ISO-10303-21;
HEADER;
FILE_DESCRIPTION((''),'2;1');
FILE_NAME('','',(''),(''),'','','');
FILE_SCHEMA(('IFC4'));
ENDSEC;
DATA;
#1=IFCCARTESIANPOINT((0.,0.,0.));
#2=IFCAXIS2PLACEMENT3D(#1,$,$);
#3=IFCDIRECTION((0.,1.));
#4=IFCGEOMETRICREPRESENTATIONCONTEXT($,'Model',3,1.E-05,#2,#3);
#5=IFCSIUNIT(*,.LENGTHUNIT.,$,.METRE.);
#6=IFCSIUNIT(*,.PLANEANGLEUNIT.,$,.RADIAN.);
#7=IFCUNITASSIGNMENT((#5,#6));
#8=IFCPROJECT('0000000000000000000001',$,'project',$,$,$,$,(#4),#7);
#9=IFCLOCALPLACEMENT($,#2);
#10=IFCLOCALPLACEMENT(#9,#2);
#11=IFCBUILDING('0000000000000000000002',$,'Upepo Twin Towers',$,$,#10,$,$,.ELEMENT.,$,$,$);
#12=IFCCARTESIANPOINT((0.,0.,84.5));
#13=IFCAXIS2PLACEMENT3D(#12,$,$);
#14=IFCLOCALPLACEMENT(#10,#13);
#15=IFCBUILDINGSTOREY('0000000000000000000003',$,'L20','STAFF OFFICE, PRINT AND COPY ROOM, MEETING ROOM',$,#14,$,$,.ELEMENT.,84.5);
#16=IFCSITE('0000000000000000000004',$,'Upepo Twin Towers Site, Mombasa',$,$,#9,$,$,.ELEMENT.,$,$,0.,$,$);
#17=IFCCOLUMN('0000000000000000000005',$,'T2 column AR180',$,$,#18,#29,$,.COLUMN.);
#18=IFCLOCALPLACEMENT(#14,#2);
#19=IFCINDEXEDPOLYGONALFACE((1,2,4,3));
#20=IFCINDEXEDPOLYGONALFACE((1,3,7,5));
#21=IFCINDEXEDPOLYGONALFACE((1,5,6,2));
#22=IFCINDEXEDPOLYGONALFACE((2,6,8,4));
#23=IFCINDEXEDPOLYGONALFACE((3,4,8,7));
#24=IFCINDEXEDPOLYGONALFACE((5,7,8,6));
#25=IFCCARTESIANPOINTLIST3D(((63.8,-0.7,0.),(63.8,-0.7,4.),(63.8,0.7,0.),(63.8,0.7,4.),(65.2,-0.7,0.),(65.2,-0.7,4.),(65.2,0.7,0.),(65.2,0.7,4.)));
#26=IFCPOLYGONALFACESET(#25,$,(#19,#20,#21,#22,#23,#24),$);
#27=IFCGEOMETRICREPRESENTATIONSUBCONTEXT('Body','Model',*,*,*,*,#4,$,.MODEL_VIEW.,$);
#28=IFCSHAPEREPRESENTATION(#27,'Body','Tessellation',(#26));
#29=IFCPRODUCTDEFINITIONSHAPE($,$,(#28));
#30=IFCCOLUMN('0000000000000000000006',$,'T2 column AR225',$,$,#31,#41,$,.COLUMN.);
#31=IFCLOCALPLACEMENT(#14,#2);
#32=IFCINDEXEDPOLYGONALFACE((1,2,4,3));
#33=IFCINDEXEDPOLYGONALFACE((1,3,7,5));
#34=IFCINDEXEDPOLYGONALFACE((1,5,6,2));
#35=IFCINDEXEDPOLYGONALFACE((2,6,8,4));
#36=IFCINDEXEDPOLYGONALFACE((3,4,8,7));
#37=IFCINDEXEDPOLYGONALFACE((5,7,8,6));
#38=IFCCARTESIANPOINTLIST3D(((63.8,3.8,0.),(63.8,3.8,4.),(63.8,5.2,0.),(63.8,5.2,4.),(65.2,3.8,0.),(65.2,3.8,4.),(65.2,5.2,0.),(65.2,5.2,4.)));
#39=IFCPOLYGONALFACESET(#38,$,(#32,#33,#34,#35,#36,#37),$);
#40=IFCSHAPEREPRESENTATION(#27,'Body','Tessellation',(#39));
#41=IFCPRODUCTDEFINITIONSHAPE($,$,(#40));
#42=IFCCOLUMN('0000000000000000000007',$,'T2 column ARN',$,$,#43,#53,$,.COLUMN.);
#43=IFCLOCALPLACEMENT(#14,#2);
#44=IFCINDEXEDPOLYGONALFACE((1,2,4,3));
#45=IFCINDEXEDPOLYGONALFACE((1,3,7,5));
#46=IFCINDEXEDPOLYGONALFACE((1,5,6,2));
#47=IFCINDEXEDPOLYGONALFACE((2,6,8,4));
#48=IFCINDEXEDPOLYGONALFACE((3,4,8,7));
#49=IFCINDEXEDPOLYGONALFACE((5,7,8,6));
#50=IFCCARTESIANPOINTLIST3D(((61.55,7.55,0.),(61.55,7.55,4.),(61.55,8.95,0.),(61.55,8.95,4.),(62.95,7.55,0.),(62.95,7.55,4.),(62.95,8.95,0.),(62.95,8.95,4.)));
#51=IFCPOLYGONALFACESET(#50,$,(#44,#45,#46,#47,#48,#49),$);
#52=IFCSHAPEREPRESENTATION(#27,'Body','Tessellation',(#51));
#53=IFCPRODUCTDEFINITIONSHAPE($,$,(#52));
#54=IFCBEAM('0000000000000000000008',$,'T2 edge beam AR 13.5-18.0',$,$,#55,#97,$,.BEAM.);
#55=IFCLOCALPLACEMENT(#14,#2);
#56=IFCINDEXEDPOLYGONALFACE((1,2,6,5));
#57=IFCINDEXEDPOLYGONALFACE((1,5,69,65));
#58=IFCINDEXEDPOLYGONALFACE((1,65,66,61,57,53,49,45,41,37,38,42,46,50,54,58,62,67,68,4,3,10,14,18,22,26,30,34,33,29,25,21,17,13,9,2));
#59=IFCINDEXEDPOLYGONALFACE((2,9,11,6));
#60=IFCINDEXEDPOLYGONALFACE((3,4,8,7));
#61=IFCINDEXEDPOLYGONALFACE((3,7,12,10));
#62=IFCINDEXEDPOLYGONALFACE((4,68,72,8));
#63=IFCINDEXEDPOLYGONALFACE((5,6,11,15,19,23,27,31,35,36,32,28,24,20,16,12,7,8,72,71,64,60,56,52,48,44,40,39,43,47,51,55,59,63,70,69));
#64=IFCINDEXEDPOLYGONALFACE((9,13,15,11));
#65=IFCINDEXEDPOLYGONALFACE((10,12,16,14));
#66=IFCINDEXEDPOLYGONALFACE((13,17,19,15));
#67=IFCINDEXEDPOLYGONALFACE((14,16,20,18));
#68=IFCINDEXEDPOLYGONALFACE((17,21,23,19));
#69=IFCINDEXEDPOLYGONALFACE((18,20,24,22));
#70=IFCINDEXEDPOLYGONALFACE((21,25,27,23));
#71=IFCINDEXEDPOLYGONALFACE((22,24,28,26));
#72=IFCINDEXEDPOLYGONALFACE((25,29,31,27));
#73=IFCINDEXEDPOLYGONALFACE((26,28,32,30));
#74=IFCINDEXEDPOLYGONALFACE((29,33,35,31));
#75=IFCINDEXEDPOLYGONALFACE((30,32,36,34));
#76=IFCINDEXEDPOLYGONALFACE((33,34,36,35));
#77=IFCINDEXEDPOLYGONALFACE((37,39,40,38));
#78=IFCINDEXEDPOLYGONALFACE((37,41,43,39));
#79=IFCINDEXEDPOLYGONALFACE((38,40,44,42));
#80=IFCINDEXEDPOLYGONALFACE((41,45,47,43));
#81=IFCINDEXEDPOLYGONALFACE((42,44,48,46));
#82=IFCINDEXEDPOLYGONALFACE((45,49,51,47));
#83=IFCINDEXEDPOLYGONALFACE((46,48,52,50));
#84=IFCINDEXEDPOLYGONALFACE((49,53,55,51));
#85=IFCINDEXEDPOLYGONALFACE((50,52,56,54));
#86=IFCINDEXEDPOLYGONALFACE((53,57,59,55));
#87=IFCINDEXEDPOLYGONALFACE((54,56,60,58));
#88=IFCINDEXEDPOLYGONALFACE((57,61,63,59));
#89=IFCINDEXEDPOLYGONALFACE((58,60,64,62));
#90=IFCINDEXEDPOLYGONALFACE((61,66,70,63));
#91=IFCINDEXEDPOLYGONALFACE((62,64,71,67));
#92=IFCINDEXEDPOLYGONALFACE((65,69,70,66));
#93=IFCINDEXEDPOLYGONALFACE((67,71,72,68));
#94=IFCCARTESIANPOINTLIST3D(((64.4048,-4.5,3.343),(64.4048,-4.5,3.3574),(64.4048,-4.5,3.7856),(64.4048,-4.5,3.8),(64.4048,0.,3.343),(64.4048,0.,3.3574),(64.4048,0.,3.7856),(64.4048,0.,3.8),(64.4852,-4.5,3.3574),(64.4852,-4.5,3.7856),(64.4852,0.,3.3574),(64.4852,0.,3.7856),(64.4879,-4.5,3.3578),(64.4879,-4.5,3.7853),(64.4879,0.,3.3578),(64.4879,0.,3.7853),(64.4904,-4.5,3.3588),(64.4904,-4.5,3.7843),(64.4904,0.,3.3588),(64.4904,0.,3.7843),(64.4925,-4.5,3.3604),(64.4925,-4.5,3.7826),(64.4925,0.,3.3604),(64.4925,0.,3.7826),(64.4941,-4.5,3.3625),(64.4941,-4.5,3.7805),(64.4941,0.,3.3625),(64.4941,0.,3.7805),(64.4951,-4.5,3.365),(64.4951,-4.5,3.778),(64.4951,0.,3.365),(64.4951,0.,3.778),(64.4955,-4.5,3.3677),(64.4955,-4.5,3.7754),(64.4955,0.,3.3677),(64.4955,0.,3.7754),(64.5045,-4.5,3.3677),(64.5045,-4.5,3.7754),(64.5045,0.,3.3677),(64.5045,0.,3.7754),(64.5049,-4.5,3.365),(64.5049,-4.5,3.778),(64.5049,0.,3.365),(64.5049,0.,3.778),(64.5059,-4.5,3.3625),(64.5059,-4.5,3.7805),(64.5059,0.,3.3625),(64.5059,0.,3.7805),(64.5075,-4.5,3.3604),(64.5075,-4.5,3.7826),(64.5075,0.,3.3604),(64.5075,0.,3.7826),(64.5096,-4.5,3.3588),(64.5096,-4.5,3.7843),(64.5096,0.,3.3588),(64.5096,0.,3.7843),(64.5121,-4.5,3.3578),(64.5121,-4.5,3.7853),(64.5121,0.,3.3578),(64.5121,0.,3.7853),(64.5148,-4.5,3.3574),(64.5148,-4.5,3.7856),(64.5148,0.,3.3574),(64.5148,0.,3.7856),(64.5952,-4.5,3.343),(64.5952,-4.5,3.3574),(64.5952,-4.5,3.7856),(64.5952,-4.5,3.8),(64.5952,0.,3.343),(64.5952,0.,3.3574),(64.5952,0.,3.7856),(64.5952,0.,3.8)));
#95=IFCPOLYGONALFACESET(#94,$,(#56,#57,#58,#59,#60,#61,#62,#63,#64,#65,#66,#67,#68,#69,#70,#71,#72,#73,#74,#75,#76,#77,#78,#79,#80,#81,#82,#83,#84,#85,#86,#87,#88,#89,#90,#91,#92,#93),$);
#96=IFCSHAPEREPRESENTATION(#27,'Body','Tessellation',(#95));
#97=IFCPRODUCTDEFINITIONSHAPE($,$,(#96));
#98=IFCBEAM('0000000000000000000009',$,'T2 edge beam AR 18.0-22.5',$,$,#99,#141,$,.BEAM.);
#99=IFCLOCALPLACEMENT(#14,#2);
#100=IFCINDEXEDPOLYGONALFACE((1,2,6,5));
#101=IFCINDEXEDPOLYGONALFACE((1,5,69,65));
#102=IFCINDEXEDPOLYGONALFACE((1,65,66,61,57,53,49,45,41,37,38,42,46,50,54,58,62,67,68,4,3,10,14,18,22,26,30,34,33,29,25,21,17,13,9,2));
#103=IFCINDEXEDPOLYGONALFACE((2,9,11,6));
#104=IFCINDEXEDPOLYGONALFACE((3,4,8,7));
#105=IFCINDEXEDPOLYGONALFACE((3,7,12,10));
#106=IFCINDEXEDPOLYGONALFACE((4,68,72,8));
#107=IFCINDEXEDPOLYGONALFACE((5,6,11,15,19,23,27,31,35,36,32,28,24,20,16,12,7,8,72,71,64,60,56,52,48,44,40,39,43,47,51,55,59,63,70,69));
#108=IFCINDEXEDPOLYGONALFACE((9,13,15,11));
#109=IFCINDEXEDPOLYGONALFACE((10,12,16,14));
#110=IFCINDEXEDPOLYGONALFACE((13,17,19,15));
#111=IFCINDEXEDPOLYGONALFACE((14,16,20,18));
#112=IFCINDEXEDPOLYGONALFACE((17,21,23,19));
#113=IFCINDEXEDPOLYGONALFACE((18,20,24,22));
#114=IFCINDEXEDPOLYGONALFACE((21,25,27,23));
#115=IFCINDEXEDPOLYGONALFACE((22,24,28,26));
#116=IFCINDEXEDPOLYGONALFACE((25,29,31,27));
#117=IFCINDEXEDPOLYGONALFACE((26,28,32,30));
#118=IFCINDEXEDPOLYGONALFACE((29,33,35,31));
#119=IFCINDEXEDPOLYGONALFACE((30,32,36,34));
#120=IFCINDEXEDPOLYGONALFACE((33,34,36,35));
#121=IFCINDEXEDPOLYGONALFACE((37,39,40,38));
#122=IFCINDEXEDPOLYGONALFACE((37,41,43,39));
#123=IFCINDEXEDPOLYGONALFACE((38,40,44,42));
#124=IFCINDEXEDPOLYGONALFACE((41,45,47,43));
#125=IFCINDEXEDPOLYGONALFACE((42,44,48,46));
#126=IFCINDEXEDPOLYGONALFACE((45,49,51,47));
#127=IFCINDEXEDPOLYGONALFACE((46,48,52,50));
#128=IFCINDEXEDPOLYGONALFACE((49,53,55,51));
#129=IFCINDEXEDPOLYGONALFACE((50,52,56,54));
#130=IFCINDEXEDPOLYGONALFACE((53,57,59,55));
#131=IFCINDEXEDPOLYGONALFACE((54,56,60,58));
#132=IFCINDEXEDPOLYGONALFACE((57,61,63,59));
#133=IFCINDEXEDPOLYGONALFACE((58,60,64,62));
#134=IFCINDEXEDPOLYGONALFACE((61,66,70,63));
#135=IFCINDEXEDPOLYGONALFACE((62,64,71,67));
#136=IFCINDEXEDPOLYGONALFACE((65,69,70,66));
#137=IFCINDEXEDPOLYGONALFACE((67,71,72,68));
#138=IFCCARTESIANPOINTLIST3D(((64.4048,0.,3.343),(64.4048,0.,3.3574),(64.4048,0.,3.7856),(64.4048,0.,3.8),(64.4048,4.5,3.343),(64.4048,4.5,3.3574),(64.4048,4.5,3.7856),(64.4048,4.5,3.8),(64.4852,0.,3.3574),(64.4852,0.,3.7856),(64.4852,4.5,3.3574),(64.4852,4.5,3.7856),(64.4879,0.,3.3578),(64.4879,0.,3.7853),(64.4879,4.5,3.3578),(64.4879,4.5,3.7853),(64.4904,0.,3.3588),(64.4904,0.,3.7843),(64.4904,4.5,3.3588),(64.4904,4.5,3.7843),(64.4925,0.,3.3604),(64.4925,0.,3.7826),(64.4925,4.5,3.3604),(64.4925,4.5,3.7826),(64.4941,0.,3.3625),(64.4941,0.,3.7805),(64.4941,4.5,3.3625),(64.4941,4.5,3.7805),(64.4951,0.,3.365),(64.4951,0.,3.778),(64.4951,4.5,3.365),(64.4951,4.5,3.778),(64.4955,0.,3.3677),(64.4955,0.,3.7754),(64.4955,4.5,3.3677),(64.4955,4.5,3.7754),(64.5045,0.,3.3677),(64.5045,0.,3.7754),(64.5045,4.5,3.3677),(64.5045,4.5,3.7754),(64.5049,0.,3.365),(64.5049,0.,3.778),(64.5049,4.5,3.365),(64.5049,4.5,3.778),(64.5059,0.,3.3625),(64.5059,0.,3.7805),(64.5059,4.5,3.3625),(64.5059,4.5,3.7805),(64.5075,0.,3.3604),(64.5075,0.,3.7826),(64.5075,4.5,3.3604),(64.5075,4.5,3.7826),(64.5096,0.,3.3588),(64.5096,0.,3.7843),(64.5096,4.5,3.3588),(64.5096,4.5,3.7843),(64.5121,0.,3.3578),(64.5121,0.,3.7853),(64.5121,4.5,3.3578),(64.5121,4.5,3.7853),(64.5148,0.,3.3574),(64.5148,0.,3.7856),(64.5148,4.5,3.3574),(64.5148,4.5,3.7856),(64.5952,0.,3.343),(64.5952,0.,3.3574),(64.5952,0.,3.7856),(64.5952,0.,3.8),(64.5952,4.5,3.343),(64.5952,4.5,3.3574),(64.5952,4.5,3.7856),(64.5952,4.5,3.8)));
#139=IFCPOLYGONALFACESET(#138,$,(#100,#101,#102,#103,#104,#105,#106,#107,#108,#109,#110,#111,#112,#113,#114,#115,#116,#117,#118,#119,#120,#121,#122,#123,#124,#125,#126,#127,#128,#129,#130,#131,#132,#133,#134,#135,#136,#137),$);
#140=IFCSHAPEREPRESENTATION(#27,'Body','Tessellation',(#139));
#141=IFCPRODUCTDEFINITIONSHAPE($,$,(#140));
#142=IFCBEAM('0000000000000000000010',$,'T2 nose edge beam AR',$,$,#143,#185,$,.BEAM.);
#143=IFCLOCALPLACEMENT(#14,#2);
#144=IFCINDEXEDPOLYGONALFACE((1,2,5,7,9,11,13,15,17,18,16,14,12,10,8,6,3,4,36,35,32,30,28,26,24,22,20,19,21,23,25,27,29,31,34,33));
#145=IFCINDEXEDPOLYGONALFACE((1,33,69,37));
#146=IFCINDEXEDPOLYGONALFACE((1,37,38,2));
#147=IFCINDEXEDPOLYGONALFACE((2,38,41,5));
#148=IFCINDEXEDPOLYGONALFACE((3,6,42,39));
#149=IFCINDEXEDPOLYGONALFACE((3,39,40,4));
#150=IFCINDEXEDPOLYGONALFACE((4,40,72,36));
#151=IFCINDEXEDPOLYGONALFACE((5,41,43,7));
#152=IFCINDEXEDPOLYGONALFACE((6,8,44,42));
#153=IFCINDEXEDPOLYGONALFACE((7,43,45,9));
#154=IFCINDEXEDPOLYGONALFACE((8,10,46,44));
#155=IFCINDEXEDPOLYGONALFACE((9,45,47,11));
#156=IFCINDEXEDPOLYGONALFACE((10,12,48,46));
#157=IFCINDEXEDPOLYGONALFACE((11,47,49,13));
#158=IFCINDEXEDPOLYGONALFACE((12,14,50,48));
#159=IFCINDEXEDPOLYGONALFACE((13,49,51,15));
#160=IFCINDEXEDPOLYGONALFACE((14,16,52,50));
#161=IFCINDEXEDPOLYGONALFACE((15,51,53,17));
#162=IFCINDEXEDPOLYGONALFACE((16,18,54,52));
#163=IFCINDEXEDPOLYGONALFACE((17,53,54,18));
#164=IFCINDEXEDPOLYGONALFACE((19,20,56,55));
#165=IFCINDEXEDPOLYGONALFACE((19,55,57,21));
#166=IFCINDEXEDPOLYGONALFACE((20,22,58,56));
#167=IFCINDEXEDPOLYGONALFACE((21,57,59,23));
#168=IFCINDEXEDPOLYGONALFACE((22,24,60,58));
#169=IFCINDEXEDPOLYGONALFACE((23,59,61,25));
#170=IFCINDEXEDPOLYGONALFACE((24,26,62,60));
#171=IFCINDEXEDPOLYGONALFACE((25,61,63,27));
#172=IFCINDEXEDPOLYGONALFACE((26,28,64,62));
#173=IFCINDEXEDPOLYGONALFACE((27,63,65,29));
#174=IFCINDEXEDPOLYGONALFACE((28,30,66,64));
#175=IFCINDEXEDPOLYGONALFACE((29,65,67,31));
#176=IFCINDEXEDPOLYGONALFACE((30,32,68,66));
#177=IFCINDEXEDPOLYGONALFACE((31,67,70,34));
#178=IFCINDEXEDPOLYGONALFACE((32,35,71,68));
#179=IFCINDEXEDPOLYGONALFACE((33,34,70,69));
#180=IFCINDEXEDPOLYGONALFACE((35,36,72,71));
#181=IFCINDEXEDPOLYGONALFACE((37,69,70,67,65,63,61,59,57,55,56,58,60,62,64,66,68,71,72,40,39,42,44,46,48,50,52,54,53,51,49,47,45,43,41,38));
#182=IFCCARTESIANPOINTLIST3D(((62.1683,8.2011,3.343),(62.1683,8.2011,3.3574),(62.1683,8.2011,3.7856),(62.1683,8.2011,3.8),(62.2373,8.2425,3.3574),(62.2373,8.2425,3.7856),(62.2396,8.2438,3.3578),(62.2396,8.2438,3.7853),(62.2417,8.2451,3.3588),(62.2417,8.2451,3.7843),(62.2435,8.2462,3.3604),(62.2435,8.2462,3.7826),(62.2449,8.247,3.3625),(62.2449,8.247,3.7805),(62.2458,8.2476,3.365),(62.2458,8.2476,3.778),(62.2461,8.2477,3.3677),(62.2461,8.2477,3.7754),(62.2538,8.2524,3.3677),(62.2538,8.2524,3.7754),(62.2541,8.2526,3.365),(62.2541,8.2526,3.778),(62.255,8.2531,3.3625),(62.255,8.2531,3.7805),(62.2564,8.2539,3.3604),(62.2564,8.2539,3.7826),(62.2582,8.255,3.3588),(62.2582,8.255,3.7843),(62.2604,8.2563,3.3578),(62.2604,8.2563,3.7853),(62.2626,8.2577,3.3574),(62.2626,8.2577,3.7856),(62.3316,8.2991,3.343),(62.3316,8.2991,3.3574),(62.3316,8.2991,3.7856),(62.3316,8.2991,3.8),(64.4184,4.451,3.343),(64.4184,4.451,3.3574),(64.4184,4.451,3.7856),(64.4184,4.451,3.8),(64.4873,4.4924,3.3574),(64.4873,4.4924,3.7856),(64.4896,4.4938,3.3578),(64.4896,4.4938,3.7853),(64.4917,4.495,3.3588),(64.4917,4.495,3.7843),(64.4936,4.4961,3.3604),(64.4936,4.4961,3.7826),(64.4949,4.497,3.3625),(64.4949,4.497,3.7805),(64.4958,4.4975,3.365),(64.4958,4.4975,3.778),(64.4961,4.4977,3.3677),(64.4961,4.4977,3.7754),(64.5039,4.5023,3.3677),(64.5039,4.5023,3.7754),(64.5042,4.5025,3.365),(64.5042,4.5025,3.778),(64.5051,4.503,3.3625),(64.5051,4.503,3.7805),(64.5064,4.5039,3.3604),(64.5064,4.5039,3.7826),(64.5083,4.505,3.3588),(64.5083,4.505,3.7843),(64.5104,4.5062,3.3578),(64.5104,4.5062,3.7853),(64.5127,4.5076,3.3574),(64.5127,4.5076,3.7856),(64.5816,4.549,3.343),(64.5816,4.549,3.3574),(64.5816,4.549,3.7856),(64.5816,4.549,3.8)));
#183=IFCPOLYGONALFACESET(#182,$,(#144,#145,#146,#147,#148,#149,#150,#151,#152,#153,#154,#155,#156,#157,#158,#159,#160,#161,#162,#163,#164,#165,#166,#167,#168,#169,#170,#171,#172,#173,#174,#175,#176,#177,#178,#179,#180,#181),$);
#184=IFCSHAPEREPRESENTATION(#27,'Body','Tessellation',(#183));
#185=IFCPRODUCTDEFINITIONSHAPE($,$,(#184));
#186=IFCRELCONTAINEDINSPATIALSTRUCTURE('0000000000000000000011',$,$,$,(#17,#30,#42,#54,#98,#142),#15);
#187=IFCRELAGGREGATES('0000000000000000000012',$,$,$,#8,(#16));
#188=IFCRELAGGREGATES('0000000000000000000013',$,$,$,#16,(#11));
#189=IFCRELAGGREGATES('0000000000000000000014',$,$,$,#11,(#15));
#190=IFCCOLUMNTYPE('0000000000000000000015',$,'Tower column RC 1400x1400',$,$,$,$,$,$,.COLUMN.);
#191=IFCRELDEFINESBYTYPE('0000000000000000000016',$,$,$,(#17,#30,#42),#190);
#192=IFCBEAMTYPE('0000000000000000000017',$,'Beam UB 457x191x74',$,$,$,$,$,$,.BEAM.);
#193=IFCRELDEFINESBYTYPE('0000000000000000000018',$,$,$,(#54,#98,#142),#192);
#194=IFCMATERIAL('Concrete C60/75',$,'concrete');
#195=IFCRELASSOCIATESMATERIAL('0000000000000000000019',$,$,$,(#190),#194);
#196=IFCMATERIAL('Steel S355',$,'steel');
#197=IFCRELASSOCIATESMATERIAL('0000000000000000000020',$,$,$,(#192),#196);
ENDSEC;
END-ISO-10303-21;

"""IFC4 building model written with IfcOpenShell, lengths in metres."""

from ifc_helpers import new_model, si_unit, direction, frame, origin, origin_2d, place, context, subcontext, project, spatial, rectangle, i_section, extrude, material, material_profile, profile_set, type_object, element, save


model = new_model("IFC4")

# Units and contexts
model_context = context("Model", 3, precision=1e-05, world=origin(), true_north=direction((0.0, 1.0)))
body_context = subcontext(model_context, "Body", "Model", "MODEL_VIEW")
ifc_project = project(units=[si_unit("LENGTHUNIT", "METRE"), si_unit("PLANEANGLEUNIT", "RADIAN")], contexts=[model_context])

# Site, building, storey
site_placement = place(None, origin())
site = spatial("IfcSite", under=ifc_project, at=site_placement, Name="Upepo Twin Towers Site, Mombasa", CompositionType="ELEMENT", RefElevation=0.0)
building_placement = place(site_placement, origin())
building = spatial("IfcBuilding", under=site, at=building_placement, Name="Upepo Twin Towers", CompositionType="ELEMENT")
storey_placement = place(building_placement, frame((0.0, 0.0, 84.5)))
storey = spatial("IfcBuildingStorey", under=building, at=storey_placement, Name="L20", Description="STAFF OFFICE, PRINT AND COPY ROOM, MEETING ROOM", CompositionType="ELEMENT", Elevation=84.5)

# Columns
ifc_material_1 = material(Name="Concrete C60/75", Category="concrete")
ifc_material_profile_1 = material_profile(ifc_material_1, rectangle(XDim=1.3999, YDim=1.3999, at=origin_2d()), Name="RC 1400x1400")
ifc_profile_set_1 = profile_set([ifc_material_profile_1], Name="Concrete C60/75")
column_type = type_object("IfcColumnType", Name="Tower column RC 1400x1400", PredefinedType="COLUMN", material=ifc_profile_set_1)
for number, where, z_axis, x_axis, name in (
    (1, (64.5, 0.0, 0.0), (0.0, 0.0, 1.0), (1.0, 0.0, 0.0), "T2 column AR180"),
    (2, (64.5, 4.5, 0.0), (0.0, 0.0, 1.0), (1.0, 0.0, 0.0), "T2 column AR225"),
    (3, (62.25, 8.25, 0.0), (0.0, 0.0, 1.0), (1.0, 0.0, 0.0), "T2 column ARN"),
):
    element("IfcColumn", number, at=place(storey_placement, frame(where, z_axis=z_axis, x_axis=x_axis)), inside=storey, type_object=column_type, Name=name, PredefinedType="COLUMN", context=body_context, shape_type="SweptSolid", body=[
        extrude(rectangle(XDim=1.3999, YDim=1.3999, at=origin_2d()), origin(), (0.0, 0.0, 1.0), 4.0),
    ])

# Beams
ifc_material_2 = material(Name="Steel S355", Category="steel")
ifc_material_profile_2 = material_profile(ifc_material_2, i_section(OverallWidth=0.1904, OverallDepth=0.457, WebThickness=0.009, FlangeThickness=0.0144, FilletRadius=0.0103, at=origin_2d()), Name="UB 457x191x74")
ifc_profile_set_2 = profile_set([ifc_material_profile_2], Name="Steel S355")
beam_type_1 = type_object("IfcBeamType", Name="Beam UB 457x191x74", PredefinedType="BEAM", material=ifc_profile_set_2)
for number, where, z_axis, x_axis, name in (
    (4, (64.5, -4.5, 3.5715), (0.0, 1.0, 0.0), (-1.0, 0.0, 0.0), "T2 edge beam AR 13.5-18.0"),
    (5, (64.5, 0.0, 3.5715), (0.0, 1.0, 0.0), (-1.0, 0.0, 0.0), "T2 edge beam AR 18.0-22.5"),
):
    element("IfcBeam", number, at=place(storey_placement, frame(where, z_axis=z_axis, x_axis=x_axis)), inside=storey, type_object=beam_type_1, Name=name, PredefinedType="BEAM", context=body_context, shape_type="SweptSolid", body=[
        extrude(i_section(OverallWidth=0.1904, OverallDepth=0.457, WebThickness=0.009, FlangeThickness=0.0144, FilletRadius=0.0103, at=origin_2d()), origin(), (0.0, 0.0, 1.0), 4.5),
    ])
beam_1_placement = place(storey_placement, frame((64.5, 4.5, 3.5715), z_axis=(-0.514496, 0.857493, 0.0), x_axis=(-0.857493, -0.514496, 0.0)))
element("IfcBeam", 6, at=beam_1_placement, inside=storey, type_object=beam_type_1, Name="T2 nose edge beam AR", PredefinedType="BEAM", context=body_context, shape_type="SweptSolid", body=[
    extrude(i_section(OverallWidth=0.1904, OverallDepth=0.457, WebThickness=0.009, FlangeThickness=0.0144, FilletRadius=0.0103, at=origin_2d()), origin(), (0.0, 0.0, 1.0), 4.3733),
])

save(model, "model.ifc")
